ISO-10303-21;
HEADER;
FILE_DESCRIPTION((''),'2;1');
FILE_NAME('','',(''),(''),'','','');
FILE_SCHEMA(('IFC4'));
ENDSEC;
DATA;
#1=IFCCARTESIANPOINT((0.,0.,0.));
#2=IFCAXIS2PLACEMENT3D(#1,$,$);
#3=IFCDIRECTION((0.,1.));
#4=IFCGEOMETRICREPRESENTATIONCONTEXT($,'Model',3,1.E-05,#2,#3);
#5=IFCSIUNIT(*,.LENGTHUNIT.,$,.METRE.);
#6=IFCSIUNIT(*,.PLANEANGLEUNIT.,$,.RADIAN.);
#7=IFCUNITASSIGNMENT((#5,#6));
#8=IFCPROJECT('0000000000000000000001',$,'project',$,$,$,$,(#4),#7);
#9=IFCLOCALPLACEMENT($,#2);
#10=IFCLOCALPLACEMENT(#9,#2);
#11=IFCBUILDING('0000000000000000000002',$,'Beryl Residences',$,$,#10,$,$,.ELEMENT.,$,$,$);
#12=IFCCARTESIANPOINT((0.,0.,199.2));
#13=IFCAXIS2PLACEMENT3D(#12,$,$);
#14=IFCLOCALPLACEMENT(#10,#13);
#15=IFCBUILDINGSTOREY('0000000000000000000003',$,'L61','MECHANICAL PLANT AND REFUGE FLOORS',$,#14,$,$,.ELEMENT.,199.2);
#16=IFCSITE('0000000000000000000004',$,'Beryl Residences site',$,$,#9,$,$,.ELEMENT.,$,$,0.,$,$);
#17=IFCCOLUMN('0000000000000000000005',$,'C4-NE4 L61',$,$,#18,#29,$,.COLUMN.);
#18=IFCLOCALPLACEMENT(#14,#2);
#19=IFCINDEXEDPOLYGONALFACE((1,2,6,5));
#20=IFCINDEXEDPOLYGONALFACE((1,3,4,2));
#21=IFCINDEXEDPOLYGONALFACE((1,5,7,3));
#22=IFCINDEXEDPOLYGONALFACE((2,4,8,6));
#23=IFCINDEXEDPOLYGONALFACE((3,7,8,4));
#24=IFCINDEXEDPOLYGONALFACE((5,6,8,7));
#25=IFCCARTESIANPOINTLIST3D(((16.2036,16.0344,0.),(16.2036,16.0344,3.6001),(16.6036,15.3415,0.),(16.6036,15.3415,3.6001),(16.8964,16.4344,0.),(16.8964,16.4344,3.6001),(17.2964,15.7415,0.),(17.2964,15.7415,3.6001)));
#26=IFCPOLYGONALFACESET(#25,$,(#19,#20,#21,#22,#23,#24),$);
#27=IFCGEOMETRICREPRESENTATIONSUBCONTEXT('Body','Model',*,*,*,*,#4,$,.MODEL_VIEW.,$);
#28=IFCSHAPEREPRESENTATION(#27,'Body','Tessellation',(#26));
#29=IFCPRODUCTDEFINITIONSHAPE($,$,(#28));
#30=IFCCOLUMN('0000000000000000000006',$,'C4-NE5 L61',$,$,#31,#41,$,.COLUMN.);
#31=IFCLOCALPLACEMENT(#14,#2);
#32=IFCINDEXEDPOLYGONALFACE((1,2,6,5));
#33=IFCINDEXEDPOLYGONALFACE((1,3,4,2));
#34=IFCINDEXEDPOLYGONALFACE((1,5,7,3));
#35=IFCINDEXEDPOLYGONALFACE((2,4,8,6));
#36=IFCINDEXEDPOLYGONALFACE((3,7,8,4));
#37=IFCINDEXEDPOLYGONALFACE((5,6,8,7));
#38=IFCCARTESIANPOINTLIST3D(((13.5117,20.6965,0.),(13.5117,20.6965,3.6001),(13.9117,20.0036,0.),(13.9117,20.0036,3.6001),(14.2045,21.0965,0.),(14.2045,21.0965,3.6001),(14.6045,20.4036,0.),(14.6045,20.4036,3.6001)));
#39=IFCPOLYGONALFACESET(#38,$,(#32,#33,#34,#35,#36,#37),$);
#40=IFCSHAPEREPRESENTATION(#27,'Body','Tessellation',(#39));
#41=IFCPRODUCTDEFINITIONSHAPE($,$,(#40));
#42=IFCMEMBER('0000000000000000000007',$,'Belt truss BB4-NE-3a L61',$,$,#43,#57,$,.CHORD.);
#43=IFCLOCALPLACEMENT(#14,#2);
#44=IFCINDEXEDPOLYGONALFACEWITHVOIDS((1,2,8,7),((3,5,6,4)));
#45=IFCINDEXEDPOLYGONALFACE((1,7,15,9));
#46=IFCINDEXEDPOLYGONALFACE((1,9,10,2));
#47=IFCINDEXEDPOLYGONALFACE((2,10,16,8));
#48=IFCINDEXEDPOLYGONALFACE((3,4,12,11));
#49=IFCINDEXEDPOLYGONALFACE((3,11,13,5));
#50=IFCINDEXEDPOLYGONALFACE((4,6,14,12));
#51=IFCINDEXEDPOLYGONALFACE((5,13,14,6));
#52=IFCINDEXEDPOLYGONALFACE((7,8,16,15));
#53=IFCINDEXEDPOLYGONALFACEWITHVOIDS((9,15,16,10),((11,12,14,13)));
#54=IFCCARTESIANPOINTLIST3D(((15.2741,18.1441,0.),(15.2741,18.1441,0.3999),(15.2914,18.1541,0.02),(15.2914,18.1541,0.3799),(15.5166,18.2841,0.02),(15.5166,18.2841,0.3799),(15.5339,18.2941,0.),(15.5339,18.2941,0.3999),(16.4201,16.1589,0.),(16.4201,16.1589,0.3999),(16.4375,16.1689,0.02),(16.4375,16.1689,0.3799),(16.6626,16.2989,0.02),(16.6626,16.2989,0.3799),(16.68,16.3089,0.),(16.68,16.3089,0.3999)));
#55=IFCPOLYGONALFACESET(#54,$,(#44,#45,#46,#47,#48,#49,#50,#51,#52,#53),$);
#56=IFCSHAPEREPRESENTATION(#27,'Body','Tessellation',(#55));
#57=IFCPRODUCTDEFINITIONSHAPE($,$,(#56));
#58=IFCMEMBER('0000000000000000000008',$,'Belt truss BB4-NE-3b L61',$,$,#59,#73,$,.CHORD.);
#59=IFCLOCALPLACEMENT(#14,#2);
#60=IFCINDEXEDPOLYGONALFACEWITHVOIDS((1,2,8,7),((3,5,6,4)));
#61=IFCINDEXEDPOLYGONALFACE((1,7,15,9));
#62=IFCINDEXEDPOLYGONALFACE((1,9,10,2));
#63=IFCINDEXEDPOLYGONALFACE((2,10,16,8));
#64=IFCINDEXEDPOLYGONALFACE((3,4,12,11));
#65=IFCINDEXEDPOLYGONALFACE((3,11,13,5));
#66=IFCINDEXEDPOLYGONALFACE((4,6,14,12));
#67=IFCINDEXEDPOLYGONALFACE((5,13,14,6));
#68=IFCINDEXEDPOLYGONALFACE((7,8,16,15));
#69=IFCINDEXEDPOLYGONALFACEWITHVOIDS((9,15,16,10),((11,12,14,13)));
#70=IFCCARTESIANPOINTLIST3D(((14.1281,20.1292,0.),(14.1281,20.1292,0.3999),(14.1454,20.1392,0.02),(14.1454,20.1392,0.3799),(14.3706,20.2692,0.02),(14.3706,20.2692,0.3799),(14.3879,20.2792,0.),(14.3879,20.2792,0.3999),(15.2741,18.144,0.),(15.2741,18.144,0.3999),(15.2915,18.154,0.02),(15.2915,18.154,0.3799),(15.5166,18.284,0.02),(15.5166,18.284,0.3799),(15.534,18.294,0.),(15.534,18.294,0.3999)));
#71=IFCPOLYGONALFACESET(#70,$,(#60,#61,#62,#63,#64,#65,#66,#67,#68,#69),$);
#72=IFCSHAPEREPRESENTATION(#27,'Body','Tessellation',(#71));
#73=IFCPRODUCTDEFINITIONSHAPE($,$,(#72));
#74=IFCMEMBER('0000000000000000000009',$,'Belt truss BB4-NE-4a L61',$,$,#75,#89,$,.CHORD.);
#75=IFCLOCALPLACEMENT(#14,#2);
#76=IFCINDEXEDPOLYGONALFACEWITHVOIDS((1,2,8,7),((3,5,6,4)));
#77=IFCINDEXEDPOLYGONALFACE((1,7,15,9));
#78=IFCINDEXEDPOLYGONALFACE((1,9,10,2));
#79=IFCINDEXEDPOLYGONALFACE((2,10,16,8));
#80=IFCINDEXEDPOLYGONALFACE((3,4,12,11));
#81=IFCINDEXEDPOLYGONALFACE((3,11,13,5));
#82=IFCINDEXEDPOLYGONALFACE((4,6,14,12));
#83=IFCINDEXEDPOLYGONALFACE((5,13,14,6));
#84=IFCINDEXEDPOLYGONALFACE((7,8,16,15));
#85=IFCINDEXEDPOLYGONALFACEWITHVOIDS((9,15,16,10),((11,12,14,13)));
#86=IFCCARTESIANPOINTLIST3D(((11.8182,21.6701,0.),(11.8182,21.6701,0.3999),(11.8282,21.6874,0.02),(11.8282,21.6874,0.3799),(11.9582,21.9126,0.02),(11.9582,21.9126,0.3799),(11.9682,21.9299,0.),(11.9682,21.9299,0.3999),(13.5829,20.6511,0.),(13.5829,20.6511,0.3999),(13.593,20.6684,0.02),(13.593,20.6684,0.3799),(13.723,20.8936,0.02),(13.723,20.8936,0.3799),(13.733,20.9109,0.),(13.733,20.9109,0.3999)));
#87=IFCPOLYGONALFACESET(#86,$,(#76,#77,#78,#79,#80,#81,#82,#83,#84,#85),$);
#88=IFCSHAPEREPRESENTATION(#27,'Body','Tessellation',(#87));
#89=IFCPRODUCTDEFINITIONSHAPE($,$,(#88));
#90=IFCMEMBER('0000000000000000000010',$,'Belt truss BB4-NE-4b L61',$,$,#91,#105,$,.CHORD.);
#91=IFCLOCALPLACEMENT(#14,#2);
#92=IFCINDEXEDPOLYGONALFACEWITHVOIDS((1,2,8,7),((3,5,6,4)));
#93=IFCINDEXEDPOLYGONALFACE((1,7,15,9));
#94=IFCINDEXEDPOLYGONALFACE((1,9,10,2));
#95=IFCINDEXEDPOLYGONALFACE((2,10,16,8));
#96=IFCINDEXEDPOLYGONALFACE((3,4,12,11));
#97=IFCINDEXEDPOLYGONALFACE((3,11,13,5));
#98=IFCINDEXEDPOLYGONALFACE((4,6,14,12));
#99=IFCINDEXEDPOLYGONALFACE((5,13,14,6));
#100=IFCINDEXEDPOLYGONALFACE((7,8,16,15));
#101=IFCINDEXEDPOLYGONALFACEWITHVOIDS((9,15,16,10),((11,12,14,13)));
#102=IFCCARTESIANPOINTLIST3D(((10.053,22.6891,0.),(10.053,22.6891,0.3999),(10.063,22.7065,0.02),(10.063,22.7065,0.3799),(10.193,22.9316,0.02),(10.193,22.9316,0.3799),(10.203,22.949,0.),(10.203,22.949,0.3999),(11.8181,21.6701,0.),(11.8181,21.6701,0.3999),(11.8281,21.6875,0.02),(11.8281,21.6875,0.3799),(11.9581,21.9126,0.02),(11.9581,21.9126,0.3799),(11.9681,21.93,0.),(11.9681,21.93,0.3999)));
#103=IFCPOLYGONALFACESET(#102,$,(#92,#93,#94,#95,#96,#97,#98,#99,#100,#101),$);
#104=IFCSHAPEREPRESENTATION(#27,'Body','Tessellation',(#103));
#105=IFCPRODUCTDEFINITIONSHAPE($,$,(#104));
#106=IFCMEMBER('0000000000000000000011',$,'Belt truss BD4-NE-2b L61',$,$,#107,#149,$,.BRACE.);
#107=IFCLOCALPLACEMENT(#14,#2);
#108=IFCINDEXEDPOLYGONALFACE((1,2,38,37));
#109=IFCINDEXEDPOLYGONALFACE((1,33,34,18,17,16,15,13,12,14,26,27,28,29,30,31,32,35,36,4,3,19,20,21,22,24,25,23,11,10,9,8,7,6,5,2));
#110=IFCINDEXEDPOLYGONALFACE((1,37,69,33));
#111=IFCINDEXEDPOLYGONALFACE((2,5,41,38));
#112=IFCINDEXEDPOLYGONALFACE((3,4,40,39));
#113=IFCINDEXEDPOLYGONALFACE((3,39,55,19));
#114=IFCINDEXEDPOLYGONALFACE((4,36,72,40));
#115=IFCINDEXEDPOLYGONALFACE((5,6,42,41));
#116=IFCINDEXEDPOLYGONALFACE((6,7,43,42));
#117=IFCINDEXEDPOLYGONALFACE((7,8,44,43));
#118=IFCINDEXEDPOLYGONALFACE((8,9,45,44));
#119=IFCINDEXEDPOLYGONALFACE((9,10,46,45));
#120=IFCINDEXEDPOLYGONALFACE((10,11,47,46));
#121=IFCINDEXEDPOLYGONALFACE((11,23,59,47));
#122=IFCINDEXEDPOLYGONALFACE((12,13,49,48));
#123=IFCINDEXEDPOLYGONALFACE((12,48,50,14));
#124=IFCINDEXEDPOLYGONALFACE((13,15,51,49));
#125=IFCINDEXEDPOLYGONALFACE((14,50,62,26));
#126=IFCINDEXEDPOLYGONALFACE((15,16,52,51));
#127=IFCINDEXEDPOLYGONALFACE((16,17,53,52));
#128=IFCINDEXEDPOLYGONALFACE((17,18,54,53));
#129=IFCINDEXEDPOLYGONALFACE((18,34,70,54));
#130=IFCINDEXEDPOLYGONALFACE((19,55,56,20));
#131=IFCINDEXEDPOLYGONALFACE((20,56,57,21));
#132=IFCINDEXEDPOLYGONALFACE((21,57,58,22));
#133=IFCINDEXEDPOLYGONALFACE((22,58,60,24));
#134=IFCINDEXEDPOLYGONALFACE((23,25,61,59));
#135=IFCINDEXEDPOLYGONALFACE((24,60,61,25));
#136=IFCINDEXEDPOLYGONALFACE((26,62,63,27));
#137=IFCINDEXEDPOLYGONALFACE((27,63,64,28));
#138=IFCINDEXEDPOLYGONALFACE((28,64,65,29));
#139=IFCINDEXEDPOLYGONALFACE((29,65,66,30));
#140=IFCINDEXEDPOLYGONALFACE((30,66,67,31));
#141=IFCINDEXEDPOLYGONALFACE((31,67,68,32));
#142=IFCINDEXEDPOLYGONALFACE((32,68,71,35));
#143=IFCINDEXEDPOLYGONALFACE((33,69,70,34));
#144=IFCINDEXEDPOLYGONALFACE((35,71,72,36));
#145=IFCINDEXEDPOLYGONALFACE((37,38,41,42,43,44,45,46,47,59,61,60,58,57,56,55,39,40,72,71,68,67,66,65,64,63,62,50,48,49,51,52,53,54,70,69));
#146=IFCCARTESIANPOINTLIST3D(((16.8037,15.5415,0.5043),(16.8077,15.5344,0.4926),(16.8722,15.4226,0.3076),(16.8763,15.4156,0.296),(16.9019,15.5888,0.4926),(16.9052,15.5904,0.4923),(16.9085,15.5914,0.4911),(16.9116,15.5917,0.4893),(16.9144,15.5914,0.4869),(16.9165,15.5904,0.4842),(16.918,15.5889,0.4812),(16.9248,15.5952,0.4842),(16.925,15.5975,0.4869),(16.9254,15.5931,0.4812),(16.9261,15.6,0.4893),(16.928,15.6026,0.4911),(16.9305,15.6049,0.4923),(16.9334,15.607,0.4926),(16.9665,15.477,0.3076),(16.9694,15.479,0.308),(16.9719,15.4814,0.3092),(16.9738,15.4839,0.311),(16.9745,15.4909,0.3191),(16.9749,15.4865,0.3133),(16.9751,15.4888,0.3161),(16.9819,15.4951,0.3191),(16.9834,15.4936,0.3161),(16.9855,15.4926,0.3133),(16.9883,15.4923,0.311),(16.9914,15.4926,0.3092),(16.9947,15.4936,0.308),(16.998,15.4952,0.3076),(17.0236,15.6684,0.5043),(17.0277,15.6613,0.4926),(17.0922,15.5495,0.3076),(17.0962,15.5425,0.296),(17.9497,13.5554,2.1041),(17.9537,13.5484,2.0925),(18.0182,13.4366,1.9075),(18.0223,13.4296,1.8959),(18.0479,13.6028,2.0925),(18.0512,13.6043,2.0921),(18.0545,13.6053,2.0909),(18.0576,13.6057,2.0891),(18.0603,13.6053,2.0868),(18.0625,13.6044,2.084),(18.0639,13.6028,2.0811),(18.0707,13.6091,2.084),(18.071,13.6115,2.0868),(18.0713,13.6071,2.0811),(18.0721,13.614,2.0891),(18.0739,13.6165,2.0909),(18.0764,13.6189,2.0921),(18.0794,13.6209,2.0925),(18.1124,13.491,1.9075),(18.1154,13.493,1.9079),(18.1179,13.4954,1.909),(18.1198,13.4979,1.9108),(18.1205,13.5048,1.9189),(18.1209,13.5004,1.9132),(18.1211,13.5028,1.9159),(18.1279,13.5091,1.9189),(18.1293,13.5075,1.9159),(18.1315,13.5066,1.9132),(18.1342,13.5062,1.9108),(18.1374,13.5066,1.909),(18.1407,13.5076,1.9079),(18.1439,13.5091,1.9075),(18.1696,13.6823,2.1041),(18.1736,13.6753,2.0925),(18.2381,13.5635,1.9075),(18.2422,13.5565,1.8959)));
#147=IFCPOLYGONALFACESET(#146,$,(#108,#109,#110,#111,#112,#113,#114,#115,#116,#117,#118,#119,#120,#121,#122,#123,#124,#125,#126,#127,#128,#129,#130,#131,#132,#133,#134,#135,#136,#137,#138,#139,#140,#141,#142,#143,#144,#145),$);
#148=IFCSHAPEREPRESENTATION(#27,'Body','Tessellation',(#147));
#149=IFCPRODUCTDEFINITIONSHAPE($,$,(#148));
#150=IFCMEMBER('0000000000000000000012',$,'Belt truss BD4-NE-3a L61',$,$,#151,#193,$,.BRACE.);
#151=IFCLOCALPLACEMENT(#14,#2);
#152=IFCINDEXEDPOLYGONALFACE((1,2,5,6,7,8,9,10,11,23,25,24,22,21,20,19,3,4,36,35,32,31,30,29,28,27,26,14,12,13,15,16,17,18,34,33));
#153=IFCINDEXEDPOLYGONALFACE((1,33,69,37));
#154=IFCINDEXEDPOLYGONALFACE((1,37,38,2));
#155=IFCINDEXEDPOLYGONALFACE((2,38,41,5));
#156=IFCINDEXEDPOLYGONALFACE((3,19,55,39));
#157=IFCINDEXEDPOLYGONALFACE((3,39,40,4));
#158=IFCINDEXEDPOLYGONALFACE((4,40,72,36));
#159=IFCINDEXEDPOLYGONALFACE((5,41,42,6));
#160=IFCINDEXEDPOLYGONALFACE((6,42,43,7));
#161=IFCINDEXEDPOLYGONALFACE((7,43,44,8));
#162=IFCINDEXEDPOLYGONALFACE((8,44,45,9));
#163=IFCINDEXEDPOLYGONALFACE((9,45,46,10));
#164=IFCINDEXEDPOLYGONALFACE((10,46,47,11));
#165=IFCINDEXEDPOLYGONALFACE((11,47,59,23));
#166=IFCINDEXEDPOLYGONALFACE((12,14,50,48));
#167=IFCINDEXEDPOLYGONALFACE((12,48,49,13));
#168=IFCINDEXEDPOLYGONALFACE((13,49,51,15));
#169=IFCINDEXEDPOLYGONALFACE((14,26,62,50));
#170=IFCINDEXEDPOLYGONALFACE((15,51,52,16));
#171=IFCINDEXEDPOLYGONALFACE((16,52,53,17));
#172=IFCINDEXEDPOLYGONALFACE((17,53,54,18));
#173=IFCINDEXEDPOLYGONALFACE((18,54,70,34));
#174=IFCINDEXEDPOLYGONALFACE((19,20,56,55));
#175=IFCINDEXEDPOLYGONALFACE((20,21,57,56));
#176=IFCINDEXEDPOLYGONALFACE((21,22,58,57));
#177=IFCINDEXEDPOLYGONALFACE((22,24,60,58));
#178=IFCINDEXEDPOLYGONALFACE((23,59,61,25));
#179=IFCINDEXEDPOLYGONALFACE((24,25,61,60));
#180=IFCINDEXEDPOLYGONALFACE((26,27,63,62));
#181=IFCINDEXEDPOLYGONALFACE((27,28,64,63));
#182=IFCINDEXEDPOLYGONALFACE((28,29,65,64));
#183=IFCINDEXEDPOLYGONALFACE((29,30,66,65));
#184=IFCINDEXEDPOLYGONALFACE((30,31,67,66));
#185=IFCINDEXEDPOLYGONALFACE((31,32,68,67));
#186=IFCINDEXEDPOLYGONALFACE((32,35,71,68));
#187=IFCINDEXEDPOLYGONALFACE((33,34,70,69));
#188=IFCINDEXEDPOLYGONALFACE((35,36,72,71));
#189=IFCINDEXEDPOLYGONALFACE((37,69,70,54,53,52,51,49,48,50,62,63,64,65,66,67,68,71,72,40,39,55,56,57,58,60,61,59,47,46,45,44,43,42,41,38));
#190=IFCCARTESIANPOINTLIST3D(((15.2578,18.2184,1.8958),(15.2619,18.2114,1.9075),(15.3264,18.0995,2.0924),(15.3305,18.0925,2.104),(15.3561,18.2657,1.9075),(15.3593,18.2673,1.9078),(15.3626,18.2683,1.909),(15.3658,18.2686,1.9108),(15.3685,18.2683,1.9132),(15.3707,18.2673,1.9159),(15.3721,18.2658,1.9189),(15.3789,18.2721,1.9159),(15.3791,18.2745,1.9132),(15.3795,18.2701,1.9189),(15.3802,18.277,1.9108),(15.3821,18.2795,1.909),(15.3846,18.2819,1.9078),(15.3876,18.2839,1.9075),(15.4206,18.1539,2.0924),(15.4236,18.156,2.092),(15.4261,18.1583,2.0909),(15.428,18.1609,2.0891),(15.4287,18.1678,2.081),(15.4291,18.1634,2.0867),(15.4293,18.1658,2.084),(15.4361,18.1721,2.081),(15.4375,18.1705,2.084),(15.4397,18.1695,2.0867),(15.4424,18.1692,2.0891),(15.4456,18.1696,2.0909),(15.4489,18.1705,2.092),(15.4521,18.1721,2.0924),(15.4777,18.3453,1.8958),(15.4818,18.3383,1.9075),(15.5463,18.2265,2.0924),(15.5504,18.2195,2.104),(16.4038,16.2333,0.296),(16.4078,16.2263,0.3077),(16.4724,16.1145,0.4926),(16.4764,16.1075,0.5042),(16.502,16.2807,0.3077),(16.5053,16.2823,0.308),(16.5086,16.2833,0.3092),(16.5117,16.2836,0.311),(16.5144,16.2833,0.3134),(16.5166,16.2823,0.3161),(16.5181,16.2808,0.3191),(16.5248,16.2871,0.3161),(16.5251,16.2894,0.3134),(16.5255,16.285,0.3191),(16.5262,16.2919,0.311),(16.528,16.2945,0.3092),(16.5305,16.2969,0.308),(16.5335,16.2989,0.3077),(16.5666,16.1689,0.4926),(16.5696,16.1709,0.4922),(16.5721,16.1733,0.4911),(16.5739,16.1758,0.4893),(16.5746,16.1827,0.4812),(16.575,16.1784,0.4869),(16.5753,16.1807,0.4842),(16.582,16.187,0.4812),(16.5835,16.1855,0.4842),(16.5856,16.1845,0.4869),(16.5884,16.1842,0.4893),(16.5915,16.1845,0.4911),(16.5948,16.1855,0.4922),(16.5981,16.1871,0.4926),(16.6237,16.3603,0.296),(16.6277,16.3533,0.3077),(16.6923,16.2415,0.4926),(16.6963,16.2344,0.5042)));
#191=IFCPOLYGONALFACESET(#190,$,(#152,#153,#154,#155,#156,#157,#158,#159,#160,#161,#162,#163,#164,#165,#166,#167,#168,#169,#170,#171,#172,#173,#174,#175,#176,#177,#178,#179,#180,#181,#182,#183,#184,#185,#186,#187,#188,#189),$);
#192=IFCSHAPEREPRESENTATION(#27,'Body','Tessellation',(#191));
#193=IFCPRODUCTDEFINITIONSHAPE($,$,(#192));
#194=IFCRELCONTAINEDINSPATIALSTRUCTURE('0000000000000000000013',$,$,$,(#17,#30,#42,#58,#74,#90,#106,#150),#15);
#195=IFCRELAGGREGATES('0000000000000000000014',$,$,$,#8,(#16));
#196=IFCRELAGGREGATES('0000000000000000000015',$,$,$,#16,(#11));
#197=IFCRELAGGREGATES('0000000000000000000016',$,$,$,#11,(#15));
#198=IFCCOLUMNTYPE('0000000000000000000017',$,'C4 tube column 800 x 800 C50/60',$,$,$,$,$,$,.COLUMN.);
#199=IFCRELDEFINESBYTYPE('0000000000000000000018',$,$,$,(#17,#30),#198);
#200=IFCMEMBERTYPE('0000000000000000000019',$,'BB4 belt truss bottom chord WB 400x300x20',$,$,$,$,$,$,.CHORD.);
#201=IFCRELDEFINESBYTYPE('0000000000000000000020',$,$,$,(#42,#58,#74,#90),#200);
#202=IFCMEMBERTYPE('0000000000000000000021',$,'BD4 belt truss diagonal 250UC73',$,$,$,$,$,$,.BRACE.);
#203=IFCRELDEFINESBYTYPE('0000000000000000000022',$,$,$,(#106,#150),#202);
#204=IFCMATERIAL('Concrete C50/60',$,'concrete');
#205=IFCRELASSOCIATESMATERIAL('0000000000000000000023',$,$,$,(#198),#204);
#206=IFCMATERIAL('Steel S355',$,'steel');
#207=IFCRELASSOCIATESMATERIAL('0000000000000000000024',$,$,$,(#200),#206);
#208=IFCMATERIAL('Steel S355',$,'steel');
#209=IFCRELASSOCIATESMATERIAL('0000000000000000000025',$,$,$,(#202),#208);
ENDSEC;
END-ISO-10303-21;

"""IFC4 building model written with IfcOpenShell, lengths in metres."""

from ifc_helpers import new_model, si_unit, direction, frame, origin, origin_2d, place, context, subcontext, project, spatial, rectangle, hollow_rectangle, i_section, extrude, material, material_profile, profile_set, type_object, element, save


model = new_model("IFC4")

# Units and contexts
model_context = context("Model", 3, precision=1e-05, world=origin(), true_north=direction((0.0, 1.0)))
body_context = subcontext(model_context, "Body", "Model", "MODEL_VIEW")
ifc_project = project(units=[si_unit("LENGTHUNIT", "METRE"), si_unit("PLANEANGLEUNIT", "RADIAN")], contexts=[model_context])

# Site, building, storey
site_placement = place(None, origin())
site = spatial("IfcSite", under=ifc_project, at=site_placement, Name="Beryl Residences site", CompositionType="ELEMENT", RefElevation=0.0)
building_placement = place(site_placement, origin())
building = spatial("IfcBuilding", under=site, at=building_placement, Name="Beryl Residences", CompositionType="ELEMENT")
storey_placement = place(building_placement, frame((0.0, 0.0, 199.2)))
storey = spatial("IfcBuildingStorey", under=building, at=storey_placement, Name="L61", Description="MECHANICAL PLANT AND REFUGE FLOORS", CompositionType="ELEMENT", Elevation=199.2)

# Columns
ifc_material_1 = material(Name="Concrete C50/60", Category="concrete")
ifc_material_profile_1 = material_profile(ifc_material_1, rectangle(XDim=0.8, YDim=0.8, at=origin_2d()))
ifc_profile_set_1 = profile_set([ifc_material_profile_1], Name="Concrete C50/60")
column_type = type_object("IfcColumnType", Name="C4 tube column 800 x 800 C50/60", PredefinedType="COLUMN", material=ifc_profile_set_1)
for number, where, z_axis, x_axis, name in (
    (1, (16.75, 15.8879, 0.0), (0.0, 0.0, 1.0), (-0.5, 0.866025, 0.0), "C4-NE4 L61"),
    (2, (14.0581, 20.55, 0.0), (0.0, 0.0, 1.0), (-0.5, 0.866025, 0.0), "C4-NE5 L61"),
):
    element("IfcColumn", number, at=place(storey_placement, frame(where, z_axis=z_axis, x_axis=x_axis)), inside=storey, type_object=column_type, Name=name, PredefinedType="COLUMN", context=body_context, shape_type="SweptSolid", body=[
        extrude(rectangle(XDim=0.8, YDim=0.8, at=origin_2d()), origin(), (0.0, 0.0, 1.0), 3.6001),
    ])

# Members
ifc_material_2 = material(Name="Steel S355", Category="steel")
ifc_material_profile_2 = material_profile(ifc_material_2, hollow_rectangle(XDim=0.3, YDim=0.3999, WallThickness=0.02, at=origin_2d()))
ifc_profile_set_2 = profile_set([ifc_material_profile_2], Name="Steel S355")
member_type_1 = type_object("IfcMemberType", Name="BB4 belt truss bottom chord WB 400x300x20", PredefinedType="CHORD", material=ifc_profile_set_2)
for number, where, z_axis, x_axis, name in (
    (3, (16.55, 16.2339, 0.2), (-0.499965, 0.866045, 0.0), (-0.866045, -0.499965, 0.0), "Belt truss BB4-NE-3a L61"),
    (4, (15.4041, 18.219, 0.2), (-0.499965, 0.866045, 0.0), (-0.866045, -0.499965, 0.0), "Belt truss BB4-NE-3b L61"),
):
    element("IfcMember", number, at=place(storey_placement, frame(where, z_axis=z_axis, x_axis=x_axis)), inside=storey, type_object=member_type_1, Name=name, PredefinedType="CHORD", context=body_context, shape_type="SweptSolid", body=[
        extrude(hollow_rectangle(XDim=0.3, YDim=0.3999, WallThickness=0.02, at=origin_2d()), origin(), (0.0, 0.0, 1.0), 2.2922),
    ])
member_1_placement = place(storey_placement, frame((13.658, 20.781, 0.2), z_axis=(-0.866008, 0.50003, 0.0), x_axis=(-0.50003, -0.866008, 0.0)))
element("IfcMember", 5, at=member_1_placement, inside=storey, type_object=member_type_1, Name="Belt truss BB4-NE-4a L61", PredefinedType="CHORD", context=body_context, shape_type="SweptSolid", body=[
    extrude(hollow_rectangle(XDim=0.3, YDim=0.3999, WallThickness=0.02, at=origin_2d()), origin(), (0.0, 0.0, 1.0), 2.0378),
])
member_2_placement = place(storey_placement, frame((11.8931, 21.8, 0.2), z_axis=(-0.866038, 0.499978, 0.0), x_axis=(-0.499978, -0.866038, 0.0)))
element("IfcMember", 6, at=member_2_placement, inside=storey, type_object=member_type_1, Name="Belt truss BB4-NE-4b L61", PredefinedType="CHORD", context=body_context, shape_type="SweptSolid", body=[
    extrude(hollow_rectangle(XDim=0.3, YDim=0.3999, WallThickness=0.02, at=origin_2d()), origin(), (0.0, 0.0, 1.0), 2.0381),
])
ifc_material_3 = material(Name="Steel S355", Category="steel")
ifc_material_profile_3 = material_profile(ifc_material_3, i_section(OverallWidth=0.2539, OverallDepth=0.2539, WebThickness=0.0085, FlangeThickness=0.0142, FilletRadius=0.0139, at=origin_2d()))
ifc_profile_set_3 = profile_set([ifc_material_profile_3], Name="Steel S355")
member_type_2 = type_object("IfcMemberType", Name="BD4 belt truss diagonal 250UC73", PredefinedType="BRACE", material=ifc_profile_set_3)
member_3_placement = place(storey_placement, frame((16.95, 15.542, 0.4001), z_axis=(0.409876, -0.710342, 0.572203), x_axis=(0.866152, 0.499781, 0.0)))
element("IfcMember", 7, at=member_3_placement, inside=storey, type_object=member_type_2, Name="Belt truss BD4-NE-2b L61", PredefinedType="BRACE", context=body_context, shape_type="SweptSolid", body=[
    extrude(i_section(OverallWidth=0.2539, OverallDepth=0.2539, WebThickness=0.0085, FlangeThickness=0.0142, FilletRadius=0.0139, at=origin_2d()), origin(), (0.0, 0.0, 1.0), 2.7959),
])
for number, where, z_axis, x_axis, name in (
    (8, (16.55, 16.2339, 0.4001), (-0.409978, 0.710169, 0.572345), (-0.866045, -0.499965, 0.0), "Belt truss BD4-NE-3a L61"),
):
    element("IfcMember", number, at=place(storey_placement, frame(where, z_axis=z_axis, x_axis=x_axis)), inside=storey, type_object=member_type_2, Name=name, PredefinedType="BRACE", context=body_context, shape_type="SweptSolid", body=[
        extrude(i_section(OverallWidth=0.2539, OverallDepth=0.2539, WebThickness=0.0085, FlangeThickness=0.0142, FilletRadius=0.0139, at=origin_2d()), origin(), (0.0, 0.0, 1.0), 2.7952),
    ])

save(model, "model.ifc")
